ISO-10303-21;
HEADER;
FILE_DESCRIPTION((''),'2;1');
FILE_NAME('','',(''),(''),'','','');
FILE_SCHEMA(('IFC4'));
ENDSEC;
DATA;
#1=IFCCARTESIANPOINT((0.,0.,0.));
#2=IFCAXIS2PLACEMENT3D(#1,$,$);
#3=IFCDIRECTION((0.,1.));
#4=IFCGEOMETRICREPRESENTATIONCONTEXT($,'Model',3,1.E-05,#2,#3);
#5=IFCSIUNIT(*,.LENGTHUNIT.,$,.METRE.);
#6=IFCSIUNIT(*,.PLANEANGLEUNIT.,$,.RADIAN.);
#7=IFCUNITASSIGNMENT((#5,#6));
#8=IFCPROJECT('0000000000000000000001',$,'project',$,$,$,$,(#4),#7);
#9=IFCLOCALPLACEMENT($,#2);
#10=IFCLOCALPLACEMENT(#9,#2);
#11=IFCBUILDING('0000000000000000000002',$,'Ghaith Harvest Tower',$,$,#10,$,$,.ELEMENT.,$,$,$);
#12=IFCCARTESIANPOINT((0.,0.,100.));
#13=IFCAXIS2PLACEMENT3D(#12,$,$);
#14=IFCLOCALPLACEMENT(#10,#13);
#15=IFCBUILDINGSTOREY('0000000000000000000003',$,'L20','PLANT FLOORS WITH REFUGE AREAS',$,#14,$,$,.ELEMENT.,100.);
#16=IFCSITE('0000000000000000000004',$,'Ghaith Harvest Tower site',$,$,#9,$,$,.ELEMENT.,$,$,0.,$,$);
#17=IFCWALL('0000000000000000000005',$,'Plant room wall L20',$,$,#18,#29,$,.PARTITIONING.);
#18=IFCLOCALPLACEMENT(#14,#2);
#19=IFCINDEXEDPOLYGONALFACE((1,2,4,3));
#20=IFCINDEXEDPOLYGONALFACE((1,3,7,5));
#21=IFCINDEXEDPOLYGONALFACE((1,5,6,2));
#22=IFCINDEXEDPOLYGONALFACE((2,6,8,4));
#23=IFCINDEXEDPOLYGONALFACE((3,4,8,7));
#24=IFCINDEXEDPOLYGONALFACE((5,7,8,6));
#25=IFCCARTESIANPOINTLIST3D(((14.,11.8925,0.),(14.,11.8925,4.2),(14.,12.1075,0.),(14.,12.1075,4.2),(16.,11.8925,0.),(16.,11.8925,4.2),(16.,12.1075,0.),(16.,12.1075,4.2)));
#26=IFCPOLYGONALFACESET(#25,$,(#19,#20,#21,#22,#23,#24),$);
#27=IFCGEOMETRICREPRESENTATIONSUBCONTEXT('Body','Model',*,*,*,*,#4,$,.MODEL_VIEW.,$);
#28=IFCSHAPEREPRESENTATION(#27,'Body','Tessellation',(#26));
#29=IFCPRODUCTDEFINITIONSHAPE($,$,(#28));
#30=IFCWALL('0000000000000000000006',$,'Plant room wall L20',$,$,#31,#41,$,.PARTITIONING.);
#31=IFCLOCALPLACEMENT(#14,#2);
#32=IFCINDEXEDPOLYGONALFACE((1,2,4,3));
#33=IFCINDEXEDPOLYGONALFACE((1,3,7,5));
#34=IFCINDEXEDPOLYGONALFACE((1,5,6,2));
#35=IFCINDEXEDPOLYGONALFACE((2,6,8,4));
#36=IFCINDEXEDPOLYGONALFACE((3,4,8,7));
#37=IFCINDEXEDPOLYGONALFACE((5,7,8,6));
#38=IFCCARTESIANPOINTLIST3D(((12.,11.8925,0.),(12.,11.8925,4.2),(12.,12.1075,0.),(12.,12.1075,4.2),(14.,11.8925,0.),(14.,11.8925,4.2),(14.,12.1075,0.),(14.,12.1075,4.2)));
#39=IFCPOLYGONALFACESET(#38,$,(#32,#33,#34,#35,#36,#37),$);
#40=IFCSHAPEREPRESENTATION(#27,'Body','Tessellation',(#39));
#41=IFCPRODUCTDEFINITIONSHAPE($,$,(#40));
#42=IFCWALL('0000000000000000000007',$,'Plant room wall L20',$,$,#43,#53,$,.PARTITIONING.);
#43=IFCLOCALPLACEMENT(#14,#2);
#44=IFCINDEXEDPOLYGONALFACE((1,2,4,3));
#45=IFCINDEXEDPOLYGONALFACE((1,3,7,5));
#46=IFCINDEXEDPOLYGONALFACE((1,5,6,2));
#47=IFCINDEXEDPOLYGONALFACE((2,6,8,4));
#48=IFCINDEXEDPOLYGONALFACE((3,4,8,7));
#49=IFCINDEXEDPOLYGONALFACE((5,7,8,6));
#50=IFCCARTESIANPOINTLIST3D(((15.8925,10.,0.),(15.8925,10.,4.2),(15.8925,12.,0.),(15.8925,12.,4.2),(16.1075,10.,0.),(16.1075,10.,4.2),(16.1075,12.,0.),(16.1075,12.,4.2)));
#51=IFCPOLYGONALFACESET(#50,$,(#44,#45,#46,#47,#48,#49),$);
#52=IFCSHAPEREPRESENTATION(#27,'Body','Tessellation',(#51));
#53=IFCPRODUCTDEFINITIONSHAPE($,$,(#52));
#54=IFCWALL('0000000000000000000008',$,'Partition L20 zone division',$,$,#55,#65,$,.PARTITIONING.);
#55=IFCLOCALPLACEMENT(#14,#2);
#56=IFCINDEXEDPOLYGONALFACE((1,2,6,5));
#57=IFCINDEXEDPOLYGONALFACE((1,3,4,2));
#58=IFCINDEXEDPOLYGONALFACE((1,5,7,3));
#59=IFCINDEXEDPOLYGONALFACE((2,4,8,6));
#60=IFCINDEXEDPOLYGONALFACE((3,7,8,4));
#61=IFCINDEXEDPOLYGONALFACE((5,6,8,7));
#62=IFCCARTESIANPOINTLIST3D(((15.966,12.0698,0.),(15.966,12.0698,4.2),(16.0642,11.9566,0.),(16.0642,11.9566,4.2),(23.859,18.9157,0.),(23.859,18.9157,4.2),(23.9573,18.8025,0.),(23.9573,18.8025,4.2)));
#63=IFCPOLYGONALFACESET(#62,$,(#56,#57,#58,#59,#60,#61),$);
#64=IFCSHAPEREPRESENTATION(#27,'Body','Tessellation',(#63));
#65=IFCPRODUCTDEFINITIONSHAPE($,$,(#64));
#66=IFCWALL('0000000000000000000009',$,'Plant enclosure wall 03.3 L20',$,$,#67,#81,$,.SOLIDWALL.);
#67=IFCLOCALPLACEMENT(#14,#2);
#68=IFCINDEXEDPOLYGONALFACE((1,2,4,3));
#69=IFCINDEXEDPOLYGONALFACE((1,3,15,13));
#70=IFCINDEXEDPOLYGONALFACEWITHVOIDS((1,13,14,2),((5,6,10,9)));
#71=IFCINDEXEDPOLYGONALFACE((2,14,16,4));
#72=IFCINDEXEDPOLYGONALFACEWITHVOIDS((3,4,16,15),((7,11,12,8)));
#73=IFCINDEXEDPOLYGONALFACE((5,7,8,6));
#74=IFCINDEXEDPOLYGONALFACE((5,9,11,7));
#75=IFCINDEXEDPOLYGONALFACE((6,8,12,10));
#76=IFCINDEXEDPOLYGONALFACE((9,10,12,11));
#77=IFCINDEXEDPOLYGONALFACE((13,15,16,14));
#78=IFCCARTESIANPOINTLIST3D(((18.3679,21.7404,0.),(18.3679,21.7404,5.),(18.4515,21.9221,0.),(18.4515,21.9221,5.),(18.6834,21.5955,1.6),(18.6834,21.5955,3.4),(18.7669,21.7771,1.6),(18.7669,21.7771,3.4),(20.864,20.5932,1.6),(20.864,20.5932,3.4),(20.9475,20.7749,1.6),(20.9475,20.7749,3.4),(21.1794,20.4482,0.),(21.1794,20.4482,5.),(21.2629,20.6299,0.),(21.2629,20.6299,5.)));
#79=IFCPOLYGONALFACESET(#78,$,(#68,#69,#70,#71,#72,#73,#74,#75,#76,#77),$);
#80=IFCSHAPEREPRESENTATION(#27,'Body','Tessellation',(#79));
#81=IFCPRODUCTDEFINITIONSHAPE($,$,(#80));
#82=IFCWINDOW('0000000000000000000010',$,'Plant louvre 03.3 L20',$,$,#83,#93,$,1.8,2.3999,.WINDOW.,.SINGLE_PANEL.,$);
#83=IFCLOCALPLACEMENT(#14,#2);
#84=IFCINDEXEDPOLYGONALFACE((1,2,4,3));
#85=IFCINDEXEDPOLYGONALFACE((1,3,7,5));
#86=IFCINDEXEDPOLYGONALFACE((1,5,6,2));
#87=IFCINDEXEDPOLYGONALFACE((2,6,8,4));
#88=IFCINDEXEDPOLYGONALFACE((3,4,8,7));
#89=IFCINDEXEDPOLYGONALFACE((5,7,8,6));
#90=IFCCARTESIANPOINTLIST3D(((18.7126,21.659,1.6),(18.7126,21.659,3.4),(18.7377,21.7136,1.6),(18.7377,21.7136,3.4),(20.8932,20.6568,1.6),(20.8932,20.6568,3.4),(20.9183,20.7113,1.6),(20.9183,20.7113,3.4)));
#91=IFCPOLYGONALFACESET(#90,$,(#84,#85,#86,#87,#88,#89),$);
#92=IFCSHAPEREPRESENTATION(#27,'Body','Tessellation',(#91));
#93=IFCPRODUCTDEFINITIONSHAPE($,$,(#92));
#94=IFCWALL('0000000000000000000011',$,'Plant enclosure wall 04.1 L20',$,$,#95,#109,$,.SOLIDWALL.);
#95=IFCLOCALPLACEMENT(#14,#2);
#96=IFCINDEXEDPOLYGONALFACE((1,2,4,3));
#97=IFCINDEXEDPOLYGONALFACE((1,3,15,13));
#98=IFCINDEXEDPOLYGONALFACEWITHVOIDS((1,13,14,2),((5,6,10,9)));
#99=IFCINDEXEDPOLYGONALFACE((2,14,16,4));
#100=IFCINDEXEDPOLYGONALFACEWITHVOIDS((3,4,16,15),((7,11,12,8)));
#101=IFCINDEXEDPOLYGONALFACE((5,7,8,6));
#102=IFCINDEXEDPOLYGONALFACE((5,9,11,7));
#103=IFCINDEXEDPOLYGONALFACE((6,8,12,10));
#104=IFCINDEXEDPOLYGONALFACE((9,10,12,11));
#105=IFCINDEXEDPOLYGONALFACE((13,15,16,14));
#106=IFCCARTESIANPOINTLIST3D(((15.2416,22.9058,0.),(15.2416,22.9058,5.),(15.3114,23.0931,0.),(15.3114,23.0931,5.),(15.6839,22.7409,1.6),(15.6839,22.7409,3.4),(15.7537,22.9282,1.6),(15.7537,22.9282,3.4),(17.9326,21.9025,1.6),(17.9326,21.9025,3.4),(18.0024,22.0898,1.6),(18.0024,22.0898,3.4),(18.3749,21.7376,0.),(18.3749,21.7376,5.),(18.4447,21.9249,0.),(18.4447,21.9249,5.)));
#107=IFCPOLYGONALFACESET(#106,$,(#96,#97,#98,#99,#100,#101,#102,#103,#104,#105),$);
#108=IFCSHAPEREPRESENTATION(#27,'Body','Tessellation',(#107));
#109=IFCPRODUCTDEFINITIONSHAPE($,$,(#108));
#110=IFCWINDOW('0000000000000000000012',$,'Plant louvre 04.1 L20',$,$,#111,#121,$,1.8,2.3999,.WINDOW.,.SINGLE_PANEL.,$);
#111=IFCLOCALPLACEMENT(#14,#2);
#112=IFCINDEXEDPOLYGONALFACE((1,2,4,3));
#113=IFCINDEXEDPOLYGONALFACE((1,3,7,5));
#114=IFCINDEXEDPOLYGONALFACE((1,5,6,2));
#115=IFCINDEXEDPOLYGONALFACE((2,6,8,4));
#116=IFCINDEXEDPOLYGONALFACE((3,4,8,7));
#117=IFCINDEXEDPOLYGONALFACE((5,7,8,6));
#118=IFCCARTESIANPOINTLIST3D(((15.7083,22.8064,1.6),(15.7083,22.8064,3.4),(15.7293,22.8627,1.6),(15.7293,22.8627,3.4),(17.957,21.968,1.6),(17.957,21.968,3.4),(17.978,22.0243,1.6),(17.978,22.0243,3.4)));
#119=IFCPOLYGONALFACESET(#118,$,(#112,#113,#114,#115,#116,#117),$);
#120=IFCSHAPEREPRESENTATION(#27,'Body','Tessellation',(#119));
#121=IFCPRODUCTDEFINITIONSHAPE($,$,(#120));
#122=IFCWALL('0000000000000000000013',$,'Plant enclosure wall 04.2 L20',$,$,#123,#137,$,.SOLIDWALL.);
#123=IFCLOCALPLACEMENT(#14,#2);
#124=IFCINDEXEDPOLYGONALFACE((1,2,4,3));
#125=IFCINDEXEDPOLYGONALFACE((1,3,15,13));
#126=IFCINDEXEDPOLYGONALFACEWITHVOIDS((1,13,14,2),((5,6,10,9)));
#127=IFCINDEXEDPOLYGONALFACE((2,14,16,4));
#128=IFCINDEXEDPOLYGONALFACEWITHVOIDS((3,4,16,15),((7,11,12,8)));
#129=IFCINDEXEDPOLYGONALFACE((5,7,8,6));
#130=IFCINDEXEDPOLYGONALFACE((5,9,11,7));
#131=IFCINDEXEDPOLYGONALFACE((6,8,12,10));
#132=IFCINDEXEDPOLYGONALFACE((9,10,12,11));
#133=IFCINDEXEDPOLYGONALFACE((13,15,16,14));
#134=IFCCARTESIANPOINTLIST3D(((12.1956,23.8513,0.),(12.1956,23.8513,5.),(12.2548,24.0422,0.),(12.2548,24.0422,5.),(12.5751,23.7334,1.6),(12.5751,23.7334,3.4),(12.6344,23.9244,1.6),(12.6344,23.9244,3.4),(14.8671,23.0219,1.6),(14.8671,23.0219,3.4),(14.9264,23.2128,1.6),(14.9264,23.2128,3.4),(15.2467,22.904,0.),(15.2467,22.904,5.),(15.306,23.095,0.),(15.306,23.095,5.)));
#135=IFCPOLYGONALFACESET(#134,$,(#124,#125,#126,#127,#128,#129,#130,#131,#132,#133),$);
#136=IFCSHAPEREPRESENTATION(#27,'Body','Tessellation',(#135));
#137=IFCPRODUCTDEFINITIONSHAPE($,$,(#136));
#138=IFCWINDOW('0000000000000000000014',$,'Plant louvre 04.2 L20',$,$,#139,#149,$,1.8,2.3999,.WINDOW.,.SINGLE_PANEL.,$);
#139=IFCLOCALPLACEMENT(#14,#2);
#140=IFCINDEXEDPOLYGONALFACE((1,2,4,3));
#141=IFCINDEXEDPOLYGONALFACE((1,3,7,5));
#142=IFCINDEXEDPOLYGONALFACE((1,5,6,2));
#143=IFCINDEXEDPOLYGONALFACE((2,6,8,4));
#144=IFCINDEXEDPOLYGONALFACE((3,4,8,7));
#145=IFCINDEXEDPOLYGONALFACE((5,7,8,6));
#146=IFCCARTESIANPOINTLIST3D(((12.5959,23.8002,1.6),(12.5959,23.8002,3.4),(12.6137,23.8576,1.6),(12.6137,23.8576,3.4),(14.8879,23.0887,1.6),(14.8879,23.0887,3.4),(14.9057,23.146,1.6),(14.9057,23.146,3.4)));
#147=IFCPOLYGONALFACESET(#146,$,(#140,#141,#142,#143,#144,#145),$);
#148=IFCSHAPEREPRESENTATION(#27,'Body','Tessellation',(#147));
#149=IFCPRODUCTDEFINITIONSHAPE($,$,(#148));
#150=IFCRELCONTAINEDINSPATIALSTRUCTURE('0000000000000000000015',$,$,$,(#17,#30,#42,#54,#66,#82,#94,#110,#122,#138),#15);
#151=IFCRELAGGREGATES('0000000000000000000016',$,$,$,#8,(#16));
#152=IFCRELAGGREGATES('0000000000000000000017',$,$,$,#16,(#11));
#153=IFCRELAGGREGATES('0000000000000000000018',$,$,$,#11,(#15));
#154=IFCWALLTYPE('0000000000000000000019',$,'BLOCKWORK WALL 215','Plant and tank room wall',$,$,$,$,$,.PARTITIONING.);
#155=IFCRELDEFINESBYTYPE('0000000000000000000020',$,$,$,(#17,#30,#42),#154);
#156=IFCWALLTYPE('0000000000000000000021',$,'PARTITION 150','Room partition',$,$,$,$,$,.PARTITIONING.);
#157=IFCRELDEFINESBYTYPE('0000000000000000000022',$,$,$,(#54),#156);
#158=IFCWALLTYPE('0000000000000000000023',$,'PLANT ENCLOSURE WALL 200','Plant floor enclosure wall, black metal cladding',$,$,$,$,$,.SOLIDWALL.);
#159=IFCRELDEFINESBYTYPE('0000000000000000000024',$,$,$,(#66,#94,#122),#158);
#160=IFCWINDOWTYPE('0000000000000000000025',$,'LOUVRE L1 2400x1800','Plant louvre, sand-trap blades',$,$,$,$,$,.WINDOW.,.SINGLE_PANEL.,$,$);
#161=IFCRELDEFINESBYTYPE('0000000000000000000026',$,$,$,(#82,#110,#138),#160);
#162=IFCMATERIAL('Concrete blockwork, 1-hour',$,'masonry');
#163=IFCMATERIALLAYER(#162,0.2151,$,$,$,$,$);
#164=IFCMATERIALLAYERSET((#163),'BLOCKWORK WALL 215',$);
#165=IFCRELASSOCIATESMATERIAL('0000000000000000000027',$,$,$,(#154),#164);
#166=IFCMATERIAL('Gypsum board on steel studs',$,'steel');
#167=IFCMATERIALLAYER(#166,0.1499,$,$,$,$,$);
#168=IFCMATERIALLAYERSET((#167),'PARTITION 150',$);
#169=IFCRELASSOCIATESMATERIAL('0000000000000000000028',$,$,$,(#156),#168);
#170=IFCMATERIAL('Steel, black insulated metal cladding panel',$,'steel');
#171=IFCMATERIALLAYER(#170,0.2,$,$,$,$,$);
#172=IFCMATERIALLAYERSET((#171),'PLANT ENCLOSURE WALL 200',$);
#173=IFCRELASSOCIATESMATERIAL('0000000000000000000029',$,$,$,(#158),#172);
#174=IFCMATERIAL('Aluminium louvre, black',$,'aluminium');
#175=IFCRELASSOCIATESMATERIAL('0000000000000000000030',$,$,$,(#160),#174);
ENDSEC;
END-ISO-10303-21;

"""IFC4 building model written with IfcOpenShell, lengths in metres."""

from ifc_helpers import new_model, si_unit, direction, frame, frame_2d, origin, place, context, subcontext, project, spatial, rectangle, extrude, material, layer, layer_set, type_object, element, fill, save


model = new_model("IFC4")

# Units and contexts
model_context = context("Model", 3, precision=1e-05, world=origin(), true_north=direction((0.0, 1.0)))
body_context = subcontext(model_context, "Body", "Model", "MODEL_VIEW")
ifc_project = project(units=[si_unit("LENGTHUNIT", "METRE"), si_unit("PLANEANGLEUNIT", "RADIAN")], contexts=[model_context])

# Site, building, storey
site_placement = place(None, origin())
site = spatial("IfcSite", under=ifc_project, at=site_placement, Name="Ghaith Harvest Tower site", CompositionType="ELEMENT", RefElevation=0.0)
building_placement = place(site_placement, origin())
building = spatial("IfcBuilding", under=site, at=building_placement, Name="Ghaith Harvest Tower", CompositionType="ELEMENT")
storey_placement = place(building_placement, frame((0.0, 0.0, 100.0)))
storey = spatial("IfcBuildingStorey", under=building, at=storey_placement, Name="L20", Description="PLANT FLOORS WITH REFUGE AREAS", CompositionType="ELEMENT", Elevation=100.0)

# Walls
ifc_material_1 = material(Name="Concrete blockwork, 1-hour", Category="masonry")
ifc_layer_1 = layer(ifc_material_1, 0.2151)
ifc_layer_set_1 = layer_set([ifc_layer_1], Name="BLOCKWORK WALL 215")
wall_type_1 = type_object("IfcWallType", Name="BLOCKWORK WALL 215", Description="Plant and tank room wall", PredefinedType="PARTITIONING", material=ifc_layer_set_1)
for number, where, z_axis, x_axis, name in (
    (1, (16.0, 12.0, 0.0), (0.0, 0.0, 1.0), (-1.0, 0.0, 0.0), "Plant room wall L20"),
    (2, (14.0, 12.0, 0.0), (0.0, 0.0, 1.0), (-1.0, 0.0, 0.0), "Plant room wall L20"),
    (3, (16.0, 10.0, 0.0), (0.0, 0.0, 1.0), (0.0, 1.0, 0.0), "Plant room wall L20"),
):
    element("IfcWall", number, at=place(storey_placement, frame(where, z_axis=z_axis, x_axis=x_axis)), inside=storey, type_object=wall_type_1, Name=name, PredefinedType="PARTITIONING", context=body_context, shape_type="SweptSolid", body=[
        extrude(rectangle(XDim=2.0, YDim=0.2151, at=frame_2d((1.0, 0.0))), origin(), (0.0, 0.0, 1.0), 4.2),
    ])

# Wall
ifc_material_2 = material(Name="Gypsum board on steel studs", Category="steel")
ifc_layer_2 = layer(ifc_material_2, 0.1499)
ifc_layer_set_2 = layer_set([ifc_layer_2], Name="PARTITION 150")
wall_type_2 = type_object("IfcWallType", Name="PARTITION 150", Description="Room partition", PredefinedType="PARTITIONING", material=ifc_layer_set_2)
wall_1_placement = place(storey_placement, frame((16.0151, 12.0132, 0.0), z_axis=(0.0, 0.0, 1.0), x_axis=(0.755438, 0.65522, 0.0)))
element("IfcWall", 4, at=wall_1_placement, inside=storey, type_object=wall_type_2, Name="Partition L20 zone division", PredefinedType="PARTITIONING", context=body_context, shape_type="SweptSolid", body=[
    extrude(rectangle(XDim=10.4482, YDim=0.1499, at=frame_2d((5.2241, 0.0))), origin(), (0.0, 0.0, 1.0), 4.2),
])

# Walls, openings, windows
ifc_material_3 = material(Name="Steel, black insulated metal cladding panel", Category="steel")
ifc_layer_3 = layer(ifc_material_3, 0.2)
ifc_layer_set_3 = layer_set([ifc_layer_3], Name="PLANT ENCLOSURE WALL 200")
wall_type_3 = type_object("IfcWallType", Name="PLANT ENCLOSURE WALL 200", Description="Plant floor enclosure wall, black metal cladding", PredefinedType="SOLIDWALL", material=ifc_layer_set_3)
wall_2_placement = place(storey_placement, frame((21.2212, 20.5391, 0.0), z_axis=(0.0, 0.0, 1.0), x_axis=(-0.908621, 0.417622, 0.0)))
wall_2 = element("IfcWall", 5, at=wall_2_placement, inside=storey, type_object=wall_type_3, Name="Plant enclosure wall 03.3 L20", PredefinedType="SOLIDWALL", context=body_context, shape_type="SweptSolid", body=[
    extrude(rectangle(XDim=3.0942, YDim=0.2, at=frame_2d((1.5471, 0.0))), origin(), (0.0, 0.0, 1.0), 5.0),
])
opening_1_placement = place(wall_2_placement, frame((0.3472, 0.0, 1.6001)))
opening_1 = element("IfcOpeningElement", 6, at=opening_1_placement, cuts=wall_2, PredefinedType="OPENING", context=body_context, shape_type="SweptSolid", body=[
    extrude(rectangle(XDim=2.3999, YDim=1.8, at=frame_2d((1.2, 0.8999))), frame((0.0, 0.1099, 0.0), z_axis=(0.0, -1.0, 0.0), x_axis=(1.0, 0.0, 0.0)), (0.0, 0.0, 1.0), 0.22),
])
ifc_material_4 = material(Name="Aluminium louvre, black", Category="aluminium")
window_type = type_object("IfcWindowType", Name="LOUVRE L1 2400x1800", Description="Plant louvre, sand-trap blades", PartitioningType="SINGLE_PANEL", PredefinedType="WINDOW", material=ifc_material_4)
window_1_placement = place(opening_1_placement, origin())
window_1 = element("IfcWindow", 7, at=window_1_placement, inside=storey, type_object=window_type, Name="Plant louvre 03.3 L20", OverallHeight=1.8, OverallWidth=2.3999, PartitioningType="SINGLE_PANEL", PredefinedType="WINDOW", context=body_context, shape_type="SweptSolid", body=[
    extrude(rectangle(XDim=2.3999, YDim=1.8, at=frame_2d((1.2, 0.8999))), frame((0.0, 0.03, 0.0), z_axis=(0.0, -1.0, 0.0), x_axis=(1.0, 0.0, 0.0)), (0.0, 0.0, 1.0), 0.0601),
])
fill(opening_1, window_1)
wall_3_placement = place(storey_placement, frame((18.4097, 21.8313, 0.0), z_axis=(0.0, 0.0, 1.0), x_axis=(-0.936994, 0.349347, 0.0)))
wall_3 = element("IfcWall", 8, at=wall_3_placement, inside=storey, type_object=wall_type_3, Name="Plant enclosure wall 04.1 L20", PredefinedType="SOLIDWALL", context=body_context, shape_type="SweptSolid", body=[
    extrude(rectangle(XDim=3.344, YDim=0.2, at=frame_2d((1.6719, 0.0))), origin(), (0.0, 0.0, 1.0), 5.0),
])
opening_2_placement = place(wall_3_placement, frame((0.4719, 0.0, 1.6001)))
opening_2 = element("IfcOpeningElement", 9, at=opening_2_placement, cuts=wall_3, PredefinedType="OPENING", context=body_context, shape_type="SweptSolid", body=[
    extrude(rectangle(XDim=2.3999, YDim=1.8, at=frame_2d((1.2, 0.8999))), frame((0.0, 0.1099, 0.0), z_axis=(0.0, -1.0, 0.0), x_axis=(1.0, 0.0, 0.0)), (0.0, 0.0, 1.0), 0.22),
])
window_2_placement = place(opening_2_placement, origin())
window_2 = element("IfcWindow", 10, at=window_2_placement, inside=storey, type_object=window_type, Name="Plant louvre 04.1 L20", OverallHeight=1.8, OverallWidth=2.3999, PartitioningType="SINGLE_PANEL", PredefinedType="WINDOW", context=body_context, shape_type="SweptSolid", body=[
    extrude(rectangle(XDim=2.3999, YDim=1.8, at=frame_2d((1.2, 0.8999))), frame((0.0, 0.03, 0.0), z_axis=(0.0, -1.0, 0.0), x_axis=(1.0, 0.0, 0.0)), (0.0, 0.0, 1.0), 0.0601),
])
fill(opening_2, window_2)
wall_4_placement = place(storey_placement, frame((15.2764, 22.9995, 0.0), z_axis=(0.0, 0.0, 1.0), x_axis=(-0.955036, 0.296491, 0.0)))
wall_4 = element("IfcWall", 11, at=wall_4_placement, inside=storey, type_object=wall_type_3, Name="Plant enclosure wall 04.2 L20", PredefinedType="SOLIDWALL", context=body_context, shape_type="SweptSolid", body=[
    extrude(rectangle(XDim=3.1948, YDim=0.2, at=frame_2d((1.5974, 0.0))), origin(), (0.0, 0.0, 1.0), 5.0),
])
opening_3_placement = place(wall_4_placement, frame((0.3975, 0.0, 1.6001)))
opening_3 = element("IfcOpeningElement", 12, at=opening_3_placement, cuts=wall_4, PredefinedType="OPENING", context=body_context, shape_type="SweptSolid", body=[
    extrude(rectangle(XDim=2.3999, YDim=1.8, at=frame_2d((1.2, 0.8999))), frame((0.0, 0.1099, 0.0), z_axis=(0.0, -1.0, 0.0), x_axis=(1.0, 0.0, 0.0)), (0.0, 0.0, 1.0), 0.22),
])
window_3_placement = place(opening_3_placement, origin())
window_3 = element("IfcWindow", 13, at=window_3_placement, inside=storey, type_object=window_type, Name="Plant louvre 04.2 L20", OverallHeight=1.8, OverallWidth=2.3999, PartitioningType="SINGLE_PANEL", PredefinedType="WINDOW", context=body_context, shape_type="SweptSolid", body=[
    extrude(rectangle(XDim=2.3999, YDim=1.8, at=frame_2d((1.2, 0.8999))), frame((0.0, 0.03, 0.0), z_axis=(0.0, -1.0, 0.0), x_axis=(1.0, 0.0, 0.0)), (0.0, 0.0, 1.0), 0.0601),
])
fill(opening_3, window_3)

save(model, "model.ifc")
